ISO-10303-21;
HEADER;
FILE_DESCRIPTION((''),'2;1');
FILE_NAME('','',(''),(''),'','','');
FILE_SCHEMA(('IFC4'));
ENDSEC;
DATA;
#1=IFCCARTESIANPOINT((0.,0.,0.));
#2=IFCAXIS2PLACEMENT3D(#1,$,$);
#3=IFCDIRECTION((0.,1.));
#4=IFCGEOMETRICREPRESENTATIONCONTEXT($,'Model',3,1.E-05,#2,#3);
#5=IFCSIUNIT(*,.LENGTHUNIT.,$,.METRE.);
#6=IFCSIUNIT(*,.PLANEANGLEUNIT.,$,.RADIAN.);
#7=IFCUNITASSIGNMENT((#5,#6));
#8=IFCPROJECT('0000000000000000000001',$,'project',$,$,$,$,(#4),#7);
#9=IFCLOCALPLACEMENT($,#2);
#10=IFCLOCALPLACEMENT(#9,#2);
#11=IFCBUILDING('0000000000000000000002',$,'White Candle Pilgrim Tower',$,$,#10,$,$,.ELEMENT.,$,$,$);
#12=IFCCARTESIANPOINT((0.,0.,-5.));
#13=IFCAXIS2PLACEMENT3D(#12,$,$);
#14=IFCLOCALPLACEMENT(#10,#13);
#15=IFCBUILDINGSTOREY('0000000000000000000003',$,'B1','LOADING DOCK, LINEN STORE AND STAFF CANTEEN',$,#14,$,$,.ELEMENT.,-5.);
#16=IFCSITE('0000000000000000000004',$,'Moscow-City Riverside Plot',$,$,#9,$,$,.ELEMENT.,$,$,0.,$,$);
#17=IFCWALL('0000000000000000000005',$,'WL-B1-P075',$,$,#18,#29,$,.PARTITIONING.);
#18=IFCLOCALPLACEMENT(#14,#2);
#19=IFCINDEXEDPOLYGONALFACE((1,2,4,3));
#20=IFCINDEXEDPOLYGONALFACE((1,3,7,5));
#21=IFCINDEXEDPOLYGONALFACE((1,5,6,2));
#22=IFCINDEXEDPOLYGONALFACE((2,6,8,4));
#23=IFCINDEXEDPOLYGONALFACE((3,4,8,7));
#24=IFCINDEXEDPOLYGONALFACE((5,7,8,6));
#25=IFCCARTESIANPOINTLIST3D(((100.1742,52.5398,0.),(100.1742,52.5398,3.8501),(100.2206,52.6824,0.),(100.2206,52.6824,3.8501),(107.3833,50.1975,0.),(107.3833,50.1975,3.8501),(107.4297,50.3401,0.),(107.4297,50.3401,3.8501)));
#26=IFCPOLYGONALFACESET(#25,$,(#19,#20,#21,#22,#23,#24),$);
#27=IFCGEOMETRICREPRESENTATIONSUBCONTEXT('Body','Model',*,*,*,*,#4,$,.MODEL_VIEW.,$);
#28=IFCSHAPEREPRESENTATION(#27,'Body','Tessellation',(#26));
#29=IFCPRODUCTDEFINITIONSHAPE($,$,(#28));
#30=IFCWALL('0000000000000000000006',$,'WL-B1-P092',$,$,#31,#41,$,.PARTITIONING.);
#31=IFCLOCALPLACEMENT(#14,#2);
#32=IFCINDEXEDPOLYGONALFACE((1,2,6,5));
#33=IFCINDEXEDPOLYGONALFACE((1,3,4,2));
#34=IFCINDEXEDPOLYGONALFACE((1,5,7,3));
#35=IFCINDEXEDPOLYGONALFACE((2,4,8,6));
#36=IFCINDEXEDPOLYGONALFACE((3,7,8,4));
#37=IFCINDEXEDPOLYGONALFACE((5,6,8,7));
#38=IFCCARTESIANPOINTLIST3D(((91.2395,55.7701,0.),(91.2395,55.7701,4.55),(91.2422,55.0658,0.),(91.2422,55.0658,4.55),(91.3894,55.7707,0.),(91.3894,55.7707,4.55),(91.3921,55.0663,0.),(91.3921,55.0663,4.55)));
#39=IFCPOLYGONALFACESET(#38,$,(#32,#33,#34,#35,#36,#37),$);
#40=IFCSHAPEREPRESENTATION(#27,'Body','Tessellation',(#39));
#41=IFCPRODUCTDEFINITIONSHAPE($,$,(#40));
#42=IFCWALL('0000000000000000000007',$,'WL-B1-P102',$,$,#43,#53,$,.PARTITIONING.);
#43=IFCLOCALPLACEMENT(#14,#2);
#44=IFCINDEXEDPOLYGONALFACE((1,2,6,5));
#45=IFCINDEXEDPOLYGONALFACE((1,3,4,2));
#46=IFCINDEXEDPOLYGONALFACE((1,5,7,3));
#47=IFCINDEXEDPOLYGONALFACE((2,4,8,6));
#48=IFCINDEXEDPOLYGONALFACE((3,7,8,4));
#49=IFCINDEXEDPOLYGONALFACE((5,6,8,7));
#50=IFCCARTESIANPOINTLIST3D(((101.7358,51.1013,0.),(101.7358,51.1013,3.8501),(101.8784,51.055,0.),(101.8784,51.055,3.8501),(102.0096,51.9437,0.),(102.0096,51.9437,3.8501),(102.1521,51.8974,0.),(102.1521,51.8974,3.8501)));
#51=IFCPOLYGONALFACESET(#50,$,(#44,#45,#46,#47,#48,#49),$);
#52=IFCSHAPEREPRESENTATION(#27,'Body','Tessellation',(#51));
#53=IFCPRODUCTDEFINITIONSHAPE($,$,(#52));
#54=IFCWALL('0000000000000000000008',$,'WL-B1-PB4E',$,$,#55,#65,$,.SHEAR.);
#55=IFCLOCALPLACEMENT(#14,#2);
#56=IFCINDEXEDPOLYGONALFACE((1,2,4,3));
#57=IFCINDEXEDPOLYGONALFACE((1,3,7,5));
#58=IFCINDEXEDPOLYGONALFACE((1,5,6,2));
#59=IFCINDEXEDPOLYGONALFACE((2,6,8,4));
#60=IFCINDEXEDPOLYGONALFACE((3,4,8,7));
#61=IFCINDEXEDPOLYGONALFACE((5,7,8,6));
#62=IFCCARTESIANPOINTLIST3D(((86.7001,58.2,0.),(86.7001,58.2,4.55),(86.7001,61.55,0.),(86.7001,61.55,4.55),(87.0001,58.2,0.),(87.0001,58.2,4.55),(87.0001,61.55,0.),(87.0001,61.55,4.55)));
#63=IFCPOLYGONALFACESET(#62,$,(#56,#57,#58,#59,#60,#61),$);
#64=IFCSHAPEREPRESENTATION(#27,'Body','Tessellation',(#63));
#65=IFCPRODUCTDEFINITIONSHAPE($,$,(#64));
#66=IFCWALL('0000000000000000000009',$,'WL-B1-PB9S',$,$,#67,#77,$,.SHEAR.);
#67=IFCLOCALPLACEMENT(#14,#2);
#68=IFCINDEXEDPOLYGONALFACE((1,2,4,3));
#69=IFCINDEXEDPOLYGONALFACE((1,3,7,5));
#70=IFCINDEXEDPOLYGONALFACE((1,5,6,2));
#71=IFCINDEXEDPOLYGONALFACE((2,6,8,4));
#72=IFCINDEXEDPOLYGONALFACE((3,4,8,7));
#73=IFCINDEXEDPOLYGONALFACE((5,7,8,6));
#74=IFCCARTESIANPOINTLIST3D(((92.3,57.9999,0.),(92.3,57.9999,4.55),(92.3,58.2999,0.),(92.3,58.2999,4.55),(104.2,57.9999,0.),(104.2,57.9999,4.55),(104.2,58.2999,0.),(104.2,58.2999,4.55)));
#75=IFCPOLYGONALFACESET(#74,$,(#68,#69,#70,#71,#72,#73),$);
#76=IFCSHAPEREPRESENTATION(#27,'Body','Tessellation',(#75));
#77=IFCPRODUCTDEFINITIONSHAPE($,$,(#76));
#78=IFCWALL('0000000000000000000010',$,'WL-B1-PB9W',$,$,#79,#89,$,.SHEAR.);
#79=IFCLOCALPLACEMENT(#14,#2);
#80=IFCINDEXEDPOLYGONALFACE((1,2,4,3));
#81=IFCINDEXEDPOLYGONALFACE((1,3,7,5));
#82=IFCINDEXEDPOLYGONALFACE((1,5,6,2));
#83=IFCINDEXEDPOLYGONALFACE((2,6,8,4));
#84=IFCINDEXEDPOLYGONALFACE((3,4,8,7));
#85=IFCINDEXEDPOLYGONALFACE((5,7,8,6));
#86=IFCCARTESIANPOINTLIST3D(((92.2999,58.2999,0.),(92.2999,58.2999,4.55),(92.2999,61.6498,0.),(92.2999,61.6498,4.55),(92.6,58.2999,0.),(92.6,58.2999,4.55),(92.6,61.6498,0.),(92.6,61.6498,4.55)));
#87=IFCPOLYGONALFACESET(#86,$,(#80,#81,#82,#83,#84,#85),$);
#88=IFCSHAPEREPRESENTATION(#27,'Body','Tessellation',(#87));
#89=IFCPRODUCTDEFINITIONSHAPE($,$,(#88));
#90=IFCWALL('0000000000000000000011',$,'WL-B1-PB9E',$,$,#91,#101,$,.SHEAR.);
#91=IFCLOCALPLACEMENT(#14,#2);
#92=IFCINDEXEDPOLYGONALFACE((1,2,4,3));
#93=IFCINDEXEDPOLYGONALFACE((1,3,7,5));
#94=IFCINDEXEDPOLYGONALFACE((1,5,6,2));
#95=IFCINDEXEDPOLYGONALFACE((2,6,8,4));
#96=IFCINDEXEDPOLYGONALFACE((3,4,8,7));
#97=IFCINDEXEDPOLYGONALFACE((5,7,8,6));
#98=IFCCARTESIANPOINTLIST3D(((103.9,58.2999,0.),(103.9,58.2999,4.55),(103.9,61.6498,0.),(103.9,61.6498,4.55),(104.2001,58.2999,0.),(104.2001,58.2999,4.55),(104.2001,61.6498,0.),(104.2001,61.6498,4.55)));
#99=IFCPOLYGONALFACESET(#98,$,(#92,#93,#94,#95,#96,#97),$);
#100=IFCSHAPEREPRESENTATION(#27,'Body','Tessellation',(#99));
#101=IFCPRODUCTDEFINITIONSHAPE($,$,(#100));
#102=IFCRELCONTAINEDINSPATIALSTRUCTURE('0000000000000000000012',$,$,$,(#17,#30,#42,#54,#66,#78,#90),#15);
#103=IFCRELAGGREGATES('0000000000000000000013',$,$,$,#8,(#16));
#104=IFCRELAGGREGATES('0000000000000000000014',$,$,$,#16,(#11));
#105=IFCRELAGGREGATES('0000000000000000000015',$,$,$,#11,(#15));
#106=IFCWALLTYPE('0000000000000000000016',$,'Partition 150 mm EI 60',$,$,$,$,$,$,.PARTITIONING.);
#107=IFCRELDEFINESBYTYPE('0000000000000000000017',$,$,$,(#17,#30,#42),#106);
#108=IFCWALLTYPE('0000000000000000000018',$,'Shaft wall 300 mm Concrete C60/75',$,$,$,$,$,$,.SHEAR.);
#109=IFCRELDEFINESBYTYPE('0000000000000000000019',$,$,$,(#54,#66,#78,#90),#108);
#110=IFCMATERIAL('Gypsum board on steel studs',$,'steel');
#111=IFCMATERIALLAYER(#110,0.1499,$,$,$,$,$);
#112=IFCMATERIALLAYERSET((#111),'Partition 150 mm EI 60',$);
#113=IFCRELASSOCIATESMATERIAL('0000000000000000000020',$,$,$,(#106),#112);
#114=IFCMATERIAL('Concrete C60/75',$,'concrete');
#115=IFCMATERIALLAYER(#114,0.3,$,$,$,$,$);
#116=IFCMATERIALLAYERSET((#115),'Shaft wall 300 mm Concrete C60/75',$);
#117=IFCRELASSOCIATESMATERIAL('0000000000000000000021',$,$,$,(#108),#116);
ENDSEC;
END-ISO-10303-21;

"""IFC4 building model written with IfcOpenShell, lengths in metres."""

from ifc_helpers import new_model, si_unit, direction, frame, frame_2d, origin, place, context, subcontext, project, spatial, rectangle, extrude, material, layer, layer_set, type_object, element, save


model = new_model("IFC4")

# Units and contexts
model_context = context("Model", 3, precision=1e-05, world=origin(), true_north=direction((0.0, 1.0)))
body_context = subcontext(model_context, "Body", "Model", "MODEL_VIEW")
ifc_project = project(units=[si_unit("LENGTHUNIT", "METRE"), si_unit("PLANEANGLEUNIT", "RADIAN")], contexts=[model_context])

# Site, building, storey
site_placement = place(None, origin())
site = spatial("IfcSite", under=ifc_project, at=site_placement, Name="Moscow-City Riverside Plot", CompositionType="ELEMENT", RefElevation=0.0)
building_placement = place(site_placement, origin())
building = spatial("IfcBuilding", under=site, at=building_placement, Name="White Candle Pilgrim Tower", CompositionType="ELEMENT")
storey_placement = place(building_placement, frame((0.0, 0.0, -5.0)))
storey = spatial("IfcBuildingStorey", under=building, at=storey_placement, Name="B1", Description="LOADING DOCK, LINEN STORE AND STAFF CANTEEN", CompositionType="ELEMENT", Elevation=-5.0)

# Shared definitions
ifc_material_1 = material(Name="Gypsum board on steel studs", Category="steel")

# Walls
ifc_layer_1 = layer(ifc_material_1, 0.1499)
ifc_layer_set_1 = layer_set([ifc_layer_1], Name="Partition 150 mm EI 60")
wall_type_1 = type_object("IfcWallType", Name="Partition 150 mm EI 60", PredefinedType="PARTITIONING", material=ifc_layer_set_1)
wall_1_placement = place(storey_placement, frame((107.4065, 50.2688, 0.0), z_axis=(0.0, 0.0, 1.0), x_axis=(-0.951059, 0.30901, 0.0)))
element("IfcWall", 1, at=wall_1_placement, inside=storey, type_object=wall_type_1, Name="WL-B1-P075", PredefinedType="PARTITIONING", context=body_context, shape_type="SweptSolid", body=[
    extrude(rectangle(XDim=7.5801, YDim=0.1499, at=frame_2d((3.79, 0.0))), origin(), (0.0, 0.0, 1.0), 3.8501),
])
wall_2_placement = place(storey_placement, frame((91.3171, 55.0662, 0.0), z_axis=(0.0, 0.0, 1.0), x_axis=(-0.003813, 0.999993, 0.0)))
element("IfcWall", 2, at=wall_2_placement, inside=storey, type_object=wall_type_1, Name="WL-B1-P092", PredefinedType="PARTITIONING", context=body_context, shape_type="SweptSolid", body=[
    extrude(rectangle(XDim=0.7043, YDim=0.1499, at=frame_2d((0.3521, 0.0))), origin(), (0.0, 0.0, 1.0), 4.55),
])
wall_3_placement = place(storey_placement, frame((101.8071, 51.0781, 0.0), z_axis=(0.0, 0.0, 1.0), x_axis=(0.309024, 0.951054, 0.0)))
element("IfcWall", 3, at=wall_3_placement, inside=storey, type_object=wall_type_1, Name="WL-B1-P102", PredefinedType="PARTITIONING", context=body_context, shape_type="SweptSolid", body=[
    extrude(rectangle(XDim=0.8857, YDim=0.1499, at=frame_2d((0.4429, 0.0))), origin(), (0.0, 0.0, 1.0), 3.8501),
])
ifc_material_2 = material(Name="Concrete C60/75", Category="concrete")
ifc_layer_2 = layer(ifc_material_2, 0.3)
ifc_layer_set_2 = layer_set([ifc_layer_2], Name="Shaft wall 300 mm Concrete C60/75")
wall_type_2 = type_object("IfcWallType", Name="Shaft wall 300 mm Concrete C60/75", PredefinedType="SHEAR", material=ifc_layer_set_2)
wall_4_placement = place(storey_placement, frame((86.8501, 58.2, 0.0), z_axis=(0.0, 0.0, 1.0), x_axis=(0.0, 1.0, 0.0)))
element("IfcWall", 4, at=wall_4_placement, inside=storey, type_object=wall_type_2, Name="WL-B1-PB4E", PredefinedType="SHEAR", context=body_context, shape_type="SweptSolid", body=[
    extrude(rectangle(XDim=3.3501, YDim=0.3, at=frame_2d((1.675, 0.0))), origin(), (0.0, 0.0, 1.0), 4.55),
])
wall_5_placement = place(storey_placement, frame((92.3, 58.1499, 0.0), z_axis=(0.0, 0.0, 1.0), x_axis=(1.0, 0.0, 0.0)))
element("IfcWall", 5, at=wall_5_placement, inside=storey, type_object=wall_type_2, Name="WL-B1-PB9S", PredefinedType="SHEAR", context=body_context, shape_type="SweptSolid", body=[
    extrude(rectangle(XDim=11.8999, YDim=0.3, at=frame_2d((5.95, 0.0))), origin(), (0.0, 0.0, 1.0), 4.55),
])
for number, where, z_axis, x_axis, name in (
    (6, (92.45, 58.3, 0.0), (0.0, 0.0, 1.0), (0.0, 1.0, 0.0), "WL-B1-PB9W"),
    (7, (104.05, 58.3, 0.0), (0.0, 0.0, 1.0), (0.0, 1.0, 0.0), "WL-B1-PB9E"),
):
    element("IfcWall", number, at=place(storey_placement, frame(where, z_axis=z_axis, x_axis=x_axis)), inside=storey, type_object=wall_type_2, Name=name, PredefinedType="SHEAR", context=body_context, shape_type="SweptSolid", body=[
        extrude(rectangle(XDim=3.3499, YDim=0.3, at=frame_2d((1.6748, 0.0))), origin(), (0.0, 0.0, 1.0), 4.55),
    ])

save(model, "model.ifc")
